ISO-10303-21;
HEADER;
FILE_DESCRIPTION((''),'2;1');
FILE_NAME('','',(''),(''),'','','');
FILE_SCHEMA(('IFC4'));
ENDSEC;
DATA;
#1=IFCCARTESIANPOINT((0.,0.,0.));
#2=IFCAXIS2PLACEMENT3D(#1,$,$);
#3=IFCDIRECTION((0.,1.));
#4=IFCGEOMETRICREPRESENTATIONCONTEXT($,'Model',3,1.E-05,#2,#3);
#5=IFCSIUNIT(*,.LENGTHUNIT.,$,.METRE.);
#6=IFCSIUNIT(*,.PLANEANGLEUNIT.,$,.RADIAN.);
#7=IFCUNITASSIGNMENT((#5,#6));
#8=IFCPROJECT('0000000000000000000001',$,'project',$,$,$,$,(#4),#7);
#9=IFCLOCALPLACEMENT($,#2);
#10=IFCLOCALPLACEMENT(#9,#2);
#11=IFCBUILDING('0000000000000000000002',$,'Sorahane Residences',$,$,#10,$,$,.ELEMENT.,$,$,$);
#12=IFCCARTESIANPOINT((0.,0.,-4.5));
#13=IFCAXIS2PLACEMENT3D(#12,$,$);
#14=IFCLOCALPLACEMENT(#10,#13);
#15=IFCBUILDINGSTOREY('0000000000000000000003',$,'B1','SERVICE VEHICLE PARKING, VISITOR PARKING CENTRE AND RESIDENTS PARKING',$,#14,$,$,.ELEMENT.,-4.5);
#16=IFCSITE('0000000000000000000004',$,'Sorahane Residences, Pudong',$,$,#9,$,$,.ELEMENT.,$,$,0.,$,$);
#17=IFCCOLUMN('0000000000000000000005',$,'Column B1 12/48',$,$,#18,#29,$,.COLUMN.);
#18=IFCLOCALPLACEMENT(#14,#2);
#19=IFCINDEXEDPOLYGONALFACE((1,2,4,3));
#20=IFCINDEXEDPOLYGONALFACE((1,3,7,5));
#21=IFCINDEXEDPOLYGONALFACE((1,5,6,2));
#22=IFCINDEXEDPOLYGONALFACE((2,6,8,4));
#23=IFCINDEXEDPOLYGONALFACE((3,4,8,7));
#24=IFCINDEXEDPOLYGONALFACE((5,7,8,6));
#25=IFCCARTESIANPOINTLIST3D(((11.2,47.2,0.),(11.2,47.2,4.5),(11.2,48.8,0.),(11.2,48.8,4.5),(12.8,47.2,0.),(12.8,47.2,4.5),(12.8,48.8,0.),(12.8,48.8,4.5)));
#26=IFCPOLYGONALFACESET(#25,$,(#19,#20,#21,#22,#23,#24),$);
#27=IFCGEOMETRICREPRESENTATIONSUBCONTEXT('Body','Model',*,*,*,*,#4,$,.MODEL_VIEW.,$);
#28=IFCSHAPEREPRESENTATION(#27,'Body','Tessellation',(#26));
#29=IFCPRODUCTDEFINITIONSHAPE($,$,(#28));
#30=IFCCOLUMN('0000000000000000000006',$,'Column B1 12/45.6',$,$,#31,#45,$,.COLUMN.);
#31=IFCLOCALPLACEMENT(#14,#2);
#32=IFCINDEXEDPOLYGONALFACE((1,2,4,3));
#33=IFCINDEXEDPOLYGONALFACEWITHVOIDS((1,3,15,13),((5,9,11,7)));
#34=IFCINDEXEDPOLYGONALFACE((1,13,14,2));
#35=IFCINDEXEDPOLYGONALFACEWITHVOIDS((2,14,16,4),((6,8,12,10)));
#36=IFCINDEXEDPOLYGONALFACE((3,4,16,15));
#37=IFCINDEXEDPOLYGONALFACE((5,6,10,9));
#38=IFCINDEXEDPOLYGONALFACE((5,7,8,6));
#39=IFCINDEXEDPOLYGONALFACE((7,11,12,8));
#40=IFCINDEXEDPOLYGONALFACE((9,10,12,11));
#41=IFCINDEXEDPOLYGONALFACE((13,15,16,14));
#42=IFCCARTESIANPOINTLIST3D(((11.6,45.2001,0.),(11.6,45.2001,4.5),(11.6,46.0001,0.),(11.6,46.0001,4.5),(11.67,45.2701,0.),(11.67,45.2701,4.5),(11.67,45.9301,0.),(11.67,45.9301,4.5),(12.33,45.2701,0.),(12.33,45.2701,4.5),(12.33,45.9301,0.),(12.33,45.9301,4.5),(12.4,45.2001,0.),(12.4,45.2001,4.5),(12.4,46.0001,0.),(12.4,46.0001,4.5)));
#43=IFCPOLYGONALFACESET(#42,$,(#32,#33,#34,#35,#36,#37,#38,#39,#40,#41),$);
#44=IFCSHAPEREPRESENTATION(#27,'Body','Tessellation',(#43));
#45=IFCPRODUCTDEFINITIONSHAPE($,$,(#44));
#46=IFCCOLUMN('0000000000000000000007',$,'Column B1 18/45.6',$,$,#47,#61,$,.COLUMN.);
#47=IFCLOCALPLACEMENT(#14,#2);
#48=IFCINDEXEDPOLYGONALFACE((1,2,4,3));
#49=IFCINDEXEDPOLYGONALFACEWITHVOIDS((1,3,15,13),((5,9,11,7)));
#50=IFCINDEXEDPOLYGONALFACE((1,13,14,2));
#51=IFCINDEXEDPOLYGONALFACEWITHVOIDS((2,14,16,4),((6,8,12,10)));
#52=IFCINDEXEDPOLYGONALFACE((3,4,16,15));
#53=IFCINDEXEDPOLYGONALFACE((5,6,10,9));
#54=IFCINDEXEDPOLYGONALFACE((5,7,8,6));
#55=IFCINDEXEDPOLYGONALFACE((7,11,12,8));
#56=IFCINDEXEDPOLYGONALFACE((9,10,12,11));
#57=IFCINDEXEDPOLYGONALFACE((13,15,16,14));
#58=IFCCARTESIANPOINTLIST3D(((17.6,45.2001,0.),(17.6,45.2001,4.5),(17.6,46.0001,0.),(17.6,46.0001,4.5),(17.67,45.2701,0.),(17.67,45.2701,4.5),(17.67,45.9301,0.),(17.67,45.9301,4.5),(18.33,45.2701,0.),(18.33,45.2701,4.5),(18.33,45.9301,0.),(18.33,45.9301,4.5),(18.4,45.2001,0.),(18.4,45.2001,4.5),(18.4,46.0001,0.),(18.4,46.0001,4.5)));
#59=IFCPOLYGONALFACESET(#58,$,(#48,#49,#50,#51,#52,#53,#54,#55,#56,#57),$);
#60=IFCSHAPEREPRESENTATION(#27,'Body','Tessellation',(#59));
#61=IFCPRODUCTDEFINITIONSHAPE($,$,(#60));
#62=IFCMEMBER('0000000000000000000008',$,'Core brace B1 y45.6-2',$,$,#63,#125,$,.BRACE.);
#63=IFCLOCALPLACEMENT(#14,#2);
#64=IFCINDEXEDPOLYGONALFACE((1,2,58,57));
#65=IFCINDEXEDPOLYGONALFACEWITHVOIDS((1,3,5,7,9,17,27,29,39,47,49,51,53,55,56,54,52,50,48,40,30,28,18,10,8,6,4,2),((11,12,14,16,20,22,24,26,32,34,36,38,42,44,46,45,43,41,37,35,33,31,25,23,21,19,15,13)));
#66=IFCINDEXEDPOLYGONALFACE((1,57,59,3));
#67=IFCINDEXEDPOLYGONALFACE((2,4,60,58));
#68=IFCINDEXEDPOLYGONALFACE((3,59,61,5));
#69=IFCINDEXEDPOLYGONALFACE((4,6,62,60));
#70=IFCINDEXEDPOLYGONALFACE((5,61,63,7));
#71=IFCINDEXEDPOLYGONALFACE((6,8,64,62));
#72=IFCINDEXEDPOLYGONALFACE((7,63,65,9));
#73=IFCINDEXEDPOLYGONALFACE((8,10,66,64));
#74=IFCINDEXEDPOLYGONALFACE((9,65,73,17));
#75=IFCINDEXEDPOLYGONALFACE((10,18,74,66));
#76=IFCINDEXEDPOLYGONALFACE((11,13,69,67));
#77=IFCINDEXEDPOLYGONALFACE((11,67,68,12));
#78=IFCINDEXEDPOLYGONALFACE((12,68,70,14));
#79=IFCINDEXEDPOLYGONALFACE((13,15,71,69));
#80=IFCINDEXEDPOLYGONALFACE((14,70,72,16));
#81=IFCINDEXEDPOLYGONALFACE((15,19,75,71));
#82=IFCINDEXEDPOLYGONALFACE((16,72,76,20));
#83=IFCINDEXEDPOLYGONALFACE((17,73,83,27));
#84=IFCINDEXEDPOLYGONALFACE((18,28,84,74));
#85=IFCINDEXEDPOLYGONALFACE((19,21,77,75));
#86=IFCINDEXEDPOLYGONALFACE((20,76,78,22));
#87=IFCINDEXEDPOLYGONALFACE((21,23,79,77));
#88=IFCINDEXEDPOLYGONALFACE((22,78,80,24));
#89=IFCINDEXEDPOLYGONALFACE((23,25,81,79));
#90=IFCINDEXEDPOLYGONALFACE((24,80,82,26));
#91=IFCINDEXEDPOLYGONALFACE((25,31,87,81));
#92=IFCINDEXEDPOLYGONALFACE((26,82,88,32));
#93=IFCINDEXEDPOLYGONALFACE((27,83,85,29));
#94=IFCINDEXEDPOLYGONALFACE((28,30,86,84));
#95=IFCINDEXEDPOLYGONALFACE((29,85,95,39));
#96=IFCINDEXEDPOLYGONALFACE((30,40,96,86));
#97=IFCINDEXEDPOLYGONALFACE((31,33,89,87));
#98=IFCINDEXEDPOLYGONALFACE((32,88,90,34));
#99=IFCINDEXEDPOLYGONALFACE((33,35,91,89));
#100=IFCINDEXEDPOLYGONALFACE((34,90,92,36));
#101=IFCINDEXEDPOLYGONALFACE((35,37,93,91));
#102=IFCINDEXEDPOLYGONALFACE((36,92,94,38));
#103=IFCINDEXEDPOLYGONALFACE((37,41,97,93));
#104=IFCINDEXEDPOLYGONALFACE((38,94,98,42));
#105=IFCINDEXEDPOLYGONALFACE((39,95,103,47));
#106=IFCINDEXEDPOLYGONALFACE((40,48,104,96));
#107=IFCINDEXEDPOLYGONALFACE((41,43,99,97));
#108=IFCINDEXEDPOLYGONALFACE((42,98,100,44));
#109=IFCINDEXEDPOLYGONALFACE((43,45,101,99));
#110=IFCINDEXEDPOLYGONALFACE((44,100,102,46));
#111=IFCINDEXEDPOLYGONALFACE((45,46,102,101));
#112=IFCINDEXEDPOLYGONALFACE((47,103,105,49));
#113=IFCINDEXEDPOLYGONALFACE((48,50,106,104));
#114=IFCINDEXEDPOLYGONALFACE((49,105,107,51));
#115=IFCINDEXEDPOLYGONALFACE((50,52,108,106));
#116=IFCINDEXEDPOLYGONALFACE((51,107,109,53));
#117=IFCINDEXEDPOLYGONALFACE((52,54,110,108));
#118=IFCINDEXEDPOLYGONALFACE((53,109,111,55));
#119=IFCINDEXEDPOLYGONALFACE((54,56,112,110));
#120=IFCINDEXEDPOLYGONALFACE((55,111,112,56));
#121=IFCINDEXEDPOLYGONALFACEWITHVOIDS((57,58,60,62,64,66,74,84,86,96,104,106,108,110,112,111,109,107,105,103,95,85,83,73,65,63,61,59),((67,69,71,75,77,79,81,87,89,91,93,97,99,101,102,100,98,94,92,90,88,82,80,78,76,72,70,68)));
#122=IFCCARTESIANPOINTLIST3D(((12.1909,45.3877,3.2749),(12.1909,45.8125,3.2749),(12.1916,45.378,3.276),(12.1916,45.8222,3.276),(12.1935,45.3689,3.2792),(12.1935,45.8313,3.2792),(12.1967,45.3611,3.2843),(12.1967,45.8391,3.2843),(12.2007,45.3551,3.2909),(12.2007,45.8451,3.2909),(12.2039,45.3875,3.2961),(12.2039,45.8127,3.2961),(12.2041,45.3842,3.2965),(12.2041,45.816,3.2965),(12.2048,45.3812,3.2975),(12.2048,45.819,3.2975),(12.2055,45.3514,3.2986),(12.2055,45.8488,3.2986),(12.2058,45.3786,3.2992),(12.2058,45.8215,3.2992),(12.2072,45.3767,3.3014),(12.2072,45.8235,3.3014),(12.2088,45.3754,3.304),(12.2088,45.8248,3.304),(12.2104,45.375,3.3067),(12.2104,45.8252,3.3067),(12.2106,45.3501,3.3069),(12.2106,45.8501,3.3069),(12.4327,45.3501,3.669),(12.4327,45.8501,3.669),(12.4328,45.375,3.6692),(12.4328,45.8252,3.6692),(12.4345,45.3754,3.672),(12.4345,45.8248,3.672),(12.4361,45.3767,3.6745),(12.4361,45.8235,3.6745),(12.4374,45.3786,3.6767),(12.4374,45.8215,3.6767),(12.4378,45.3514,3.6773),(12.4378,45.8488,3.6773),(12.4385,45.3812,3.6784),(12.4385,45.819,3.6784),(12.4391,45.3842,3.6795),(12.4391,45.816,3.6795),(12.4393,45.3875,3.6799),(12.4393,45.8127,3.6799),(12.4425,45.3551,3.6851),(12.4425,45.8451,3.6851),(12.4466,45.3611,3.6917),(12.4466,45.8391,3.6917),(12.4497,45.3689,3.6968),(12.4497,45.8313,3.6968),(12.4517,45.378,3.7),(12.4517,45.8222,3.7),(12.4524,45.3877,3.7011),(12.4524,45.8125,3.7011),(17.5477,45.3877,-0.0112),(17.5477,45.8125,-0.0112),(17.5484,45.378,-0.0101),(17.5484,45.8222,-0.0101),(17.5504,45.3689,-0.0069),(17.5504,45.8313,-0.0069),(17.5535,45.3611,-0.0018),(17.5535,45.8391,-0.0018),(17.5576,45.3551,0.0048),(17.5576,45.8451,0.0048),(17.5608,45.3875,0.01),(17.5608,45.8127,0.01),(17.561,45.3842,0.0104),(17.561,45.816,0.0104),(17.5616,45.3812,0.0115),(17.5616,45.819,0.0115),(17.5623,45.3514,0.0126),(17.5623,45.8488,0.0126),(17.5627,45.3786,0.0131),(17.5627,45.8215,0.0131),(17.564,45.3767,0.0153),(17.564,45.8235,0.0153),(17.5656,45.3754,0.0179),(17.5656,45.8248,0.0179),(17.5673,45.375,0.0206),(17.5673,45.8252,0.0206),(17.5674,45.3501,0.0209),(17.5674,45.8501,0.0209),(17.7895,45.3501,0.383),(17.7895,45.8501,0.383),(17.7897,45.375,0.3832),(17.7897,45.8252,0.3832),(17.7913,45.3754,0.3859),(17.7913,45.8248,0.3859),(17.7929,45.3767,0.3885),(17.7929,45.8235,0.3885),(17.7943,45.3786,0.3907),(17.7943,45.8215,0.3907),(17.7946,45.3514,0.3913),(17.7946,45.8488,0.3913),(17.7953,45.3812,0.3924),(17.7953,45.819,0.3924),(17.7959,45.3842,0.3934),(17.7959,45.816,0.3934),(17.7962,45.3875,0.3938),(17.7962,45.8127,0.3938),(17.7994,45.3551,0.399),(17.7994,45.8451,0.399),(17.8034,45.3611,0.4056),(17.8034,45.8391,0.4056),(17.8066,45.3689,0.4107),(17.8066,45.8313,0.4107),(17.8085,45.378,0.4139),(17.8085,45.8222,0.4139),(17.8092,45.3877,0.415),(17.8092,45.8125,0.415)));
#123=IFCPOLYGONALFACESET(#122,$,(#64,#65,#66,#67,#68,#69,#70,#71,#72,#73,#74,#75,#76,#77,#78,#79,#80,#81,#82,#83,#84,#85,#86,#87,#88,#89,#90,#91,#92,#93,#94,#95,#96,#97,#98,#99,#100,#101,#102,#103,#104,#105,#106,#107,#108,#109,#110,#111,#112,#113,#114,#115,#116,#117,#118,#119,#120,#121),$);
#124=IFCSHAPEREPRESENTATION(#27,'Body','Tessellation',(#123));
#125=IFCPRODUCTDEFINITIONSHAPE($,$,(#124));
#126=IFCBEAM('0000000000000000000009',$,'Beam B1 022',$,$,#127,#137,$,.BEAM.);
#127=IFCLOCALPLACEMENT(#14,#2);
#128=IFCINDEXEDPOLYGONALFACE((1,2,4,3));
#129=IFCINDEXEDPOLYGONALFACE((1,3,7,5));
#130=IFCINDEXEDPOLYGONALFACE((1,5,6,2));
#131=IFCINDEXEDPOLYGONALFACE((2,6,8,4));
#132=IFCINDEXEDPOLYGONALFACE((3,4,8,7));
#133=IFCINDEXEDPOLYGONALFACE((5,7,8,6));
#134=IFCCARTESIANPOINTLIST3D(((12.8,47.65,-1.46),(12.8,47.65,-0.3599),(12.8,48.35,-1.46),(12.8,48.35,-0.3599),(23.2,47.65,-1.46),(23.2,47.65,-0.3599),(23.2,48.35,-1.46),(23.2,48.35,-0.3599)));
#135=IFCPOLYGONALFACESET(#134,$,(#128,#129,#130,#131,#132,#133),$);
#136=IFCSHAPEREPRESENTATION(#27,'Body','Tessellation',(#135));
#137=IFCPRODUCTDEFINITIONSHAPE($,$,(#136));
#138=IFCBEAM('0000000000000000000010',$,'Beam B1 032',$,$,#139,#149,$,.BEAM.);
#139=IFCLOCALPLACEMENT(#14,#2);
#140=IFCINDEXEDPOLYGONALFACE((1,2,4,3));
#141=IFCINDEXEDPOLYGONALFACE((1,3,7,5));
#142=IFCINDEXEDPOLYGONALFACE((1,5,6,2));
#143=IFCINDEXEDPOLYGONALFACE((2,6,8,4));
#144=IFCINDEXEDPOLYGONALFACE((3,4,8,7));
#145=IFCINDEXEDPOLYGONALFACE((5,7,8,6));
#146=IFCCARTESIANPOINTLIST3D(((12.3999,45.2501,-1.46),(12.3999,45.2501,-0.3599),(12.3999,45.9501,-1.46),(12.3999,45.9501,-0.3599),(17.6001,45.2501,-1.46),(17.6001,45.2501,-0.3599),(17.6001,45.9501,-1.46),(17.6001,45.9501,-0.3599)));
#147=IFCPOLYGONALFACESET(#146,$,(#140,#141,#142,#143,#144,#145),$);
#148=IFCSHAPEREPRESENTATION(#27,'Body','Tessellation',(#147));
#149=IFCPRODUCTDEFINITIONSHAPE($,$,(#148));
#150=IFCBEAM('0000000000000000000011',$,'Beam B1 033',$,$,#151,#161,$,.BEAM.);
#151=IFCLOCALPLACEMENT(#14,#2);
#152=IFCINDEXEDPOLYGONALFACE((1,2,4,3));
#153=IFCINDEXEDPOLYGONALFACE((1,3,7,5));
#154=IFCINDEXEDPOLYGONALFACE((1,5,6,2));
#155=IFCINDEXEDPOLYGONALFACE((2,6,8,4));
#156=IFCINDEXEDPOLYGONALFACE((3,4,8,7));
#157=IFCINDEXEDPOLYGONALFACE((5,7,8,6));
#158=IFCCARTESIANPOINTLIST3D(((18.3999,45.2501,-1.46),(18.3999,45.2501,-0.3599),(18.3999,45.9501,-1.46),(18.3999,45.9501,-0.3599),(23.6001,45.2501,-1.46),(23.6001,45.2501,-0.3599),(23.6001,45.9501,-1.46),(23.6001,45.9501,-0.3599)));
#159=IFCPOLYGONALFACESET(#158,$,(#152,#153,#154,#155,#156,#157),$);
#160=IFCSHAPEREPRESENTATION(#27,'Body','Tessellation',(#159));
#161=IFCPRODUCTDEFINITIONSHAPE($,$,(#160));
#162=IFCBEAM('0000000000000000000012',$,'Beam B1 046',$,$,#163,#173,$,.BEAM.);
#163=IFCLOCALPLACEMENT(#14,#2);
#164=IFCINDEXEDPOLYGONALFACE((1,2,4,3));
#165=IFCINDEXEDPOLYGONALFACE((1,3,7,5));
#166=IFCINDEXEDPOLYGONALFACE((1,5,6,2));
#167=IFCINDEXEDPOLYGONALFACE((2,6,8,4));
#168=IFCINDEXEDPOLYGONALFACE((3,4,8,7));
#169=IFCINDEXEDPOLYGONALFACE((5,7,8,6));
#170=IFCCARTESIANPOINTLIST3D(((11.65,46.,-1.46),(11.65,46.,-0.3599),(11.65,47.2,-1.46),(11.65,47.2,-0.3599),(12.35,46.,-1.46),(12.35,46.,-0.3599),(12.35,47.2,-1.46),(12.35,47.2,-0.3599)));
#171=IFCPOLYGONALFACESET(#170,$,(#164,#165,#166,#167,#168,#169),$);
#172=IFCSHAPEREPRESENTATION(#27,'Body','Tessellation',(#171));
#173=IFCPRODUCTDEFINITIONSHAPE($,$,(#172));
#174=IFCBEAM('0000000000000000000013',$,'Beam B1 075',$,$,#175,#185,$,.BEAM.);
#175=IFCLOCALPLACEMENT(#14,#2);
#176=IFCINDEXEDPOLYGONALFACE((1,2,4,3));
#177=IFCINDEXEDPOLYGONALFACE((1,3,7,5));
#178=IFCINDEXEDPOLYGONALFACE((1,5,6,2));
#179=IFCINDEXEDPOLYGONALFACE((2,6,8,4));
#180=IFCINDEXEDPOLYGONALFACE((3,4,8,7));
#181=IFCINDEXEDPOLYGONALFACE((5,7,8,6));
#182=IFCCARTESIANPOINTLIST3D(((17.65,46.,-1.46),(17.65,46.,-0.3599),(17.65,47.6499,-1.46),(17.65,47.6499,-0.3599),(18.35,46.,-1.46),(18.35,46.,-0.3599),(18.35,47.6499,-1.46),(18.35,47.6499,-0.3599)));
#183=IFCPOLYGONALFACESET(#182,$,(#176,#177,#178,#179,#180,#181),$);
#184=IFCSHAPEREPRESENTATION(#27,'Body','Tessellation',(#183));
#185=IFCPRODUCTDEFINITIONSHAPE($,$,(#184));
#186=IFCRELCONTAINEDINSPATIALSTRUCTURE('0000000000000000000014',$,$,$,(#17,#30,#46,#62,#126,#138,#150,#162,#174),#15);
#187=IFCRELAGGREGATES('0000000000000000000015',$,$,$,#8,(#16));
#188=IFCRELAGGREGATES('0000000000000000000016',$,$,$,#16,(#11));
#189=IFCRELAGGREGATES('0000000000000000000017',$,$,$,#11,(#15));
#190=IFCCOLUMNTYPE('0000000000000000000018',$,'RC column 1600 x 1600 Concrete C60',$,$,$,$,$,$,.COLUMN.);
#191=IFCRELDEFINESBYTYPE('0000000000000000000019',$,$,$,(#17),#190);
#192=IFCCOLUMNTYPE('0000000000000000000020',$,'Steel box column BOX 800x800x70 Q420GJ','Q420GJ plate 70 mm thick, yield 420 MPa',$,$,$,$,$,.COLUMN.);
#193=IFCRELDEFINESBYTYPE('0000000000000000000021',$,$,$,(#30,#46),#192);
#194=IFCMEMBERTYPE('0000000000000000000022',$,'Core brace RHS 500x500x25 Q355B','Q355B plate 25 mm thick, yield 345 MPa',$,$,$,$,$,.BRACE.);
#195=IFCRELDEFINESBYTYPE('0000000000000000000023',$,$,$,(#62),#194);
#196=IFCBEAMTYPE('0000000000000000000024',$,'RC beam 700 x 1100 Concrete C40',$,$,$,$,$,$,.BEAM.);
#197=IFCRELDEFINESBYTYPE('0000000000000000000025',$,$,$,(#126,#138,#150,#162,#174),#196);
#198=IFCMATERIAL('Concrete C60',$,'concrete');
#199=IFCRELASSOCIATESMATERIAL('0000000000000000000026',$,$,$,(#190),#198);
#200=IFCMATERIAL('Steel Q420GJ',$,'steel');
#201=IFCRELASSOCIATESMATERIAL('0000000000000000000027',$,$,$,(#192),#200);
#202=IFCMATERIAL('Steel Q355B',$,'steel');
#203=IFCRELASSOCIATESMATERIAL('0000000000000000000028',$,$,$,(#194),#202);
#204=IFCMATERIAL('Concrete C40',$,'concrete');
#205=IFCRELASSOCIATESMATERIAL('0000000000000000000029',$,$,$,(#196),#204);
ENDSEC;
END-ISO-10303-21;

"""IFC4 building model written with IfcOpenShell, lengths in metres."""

from ifc_helpers import new_model, si_unit, direction, frame, origin, origin_2d, place, context, subcontext, project, spatial, rectangle, hollow_rectangle, extrude, material, material_profile, profile_set, type_object, element, save


model = new_model("IFC4")

# Units and contexts
model_context = context("Model", 3, precision=1e-05, world=origin(), true_north=direction((0.0, 1.0)))
body_context = subcontext(model_context, "Body", "Model", "MODEL_VIEW")
ifc_project = project(units=[si_unit("LENGTHUNIT", "METRE"), si_unit("PLANEANGLEUNIT", "RADIAN")], contexts=[model_context])

# Site, building, storey
site_placement = place(None, origin())
site = spatial("IfcSite", under=ifc_project, at=site_placement, Name="Sorahane Residences, Pudong", CompositionType="ELEMENT", RefElevation=0.0)
building_placement = place(site_placement, origin())
building = spatial("IfcBuilding", under=site, at=building_placement, Name="Sorahane Residences", CompositionType="ELEMENT")
storey_placement = place(building_placement, frame((0.0, 0.0, -4.5)))
storey = spatial("IfcBuildingStorey", under=building, at=storey_placement, Name="B1", Description="SERVICE VEHICLE PARKING, VISITOR PARKING CENTRE AND RESIDENTS PARKING", CompositionType="ELEMENT", Elevation=-4.5)

# Columns
ifc_material_1 = material(Name="Concrete C60", Category="concrete")
ifc_material_profile_1 = material_profile(ifc_material_1, rectangle(XDim=1.6001, YDim=1.6001, at=origin_2d()), Name="1600x1600")
ifc_profile_set_1 = profile_set([ifc_material_profile_1], Name="Concrete C60")
column_type_1 = type_object("IfcColumnType", Name="RC column 1600 x 1600 Concrete C60", PredefinedType="COLUMN", material=ifc_profile_set_1)
column_placement = place(storey_placement, frame((12.0, 48.0, 0.0), z_axis=(0.0, 0.0, 1.0), x_axis=(1.0, 0.0, 0.0)))
element("IfcColumn", 1, at=column_placement, inside=storey, type_object=column_type_1, Name="Column B1 12/48", PredefinedType="COLUMN", context=body_context, shape_type="SweptSolid", body=[
    extrude(rectangle(XDim=1.6001, YDim=1.6001, at=origin_2d()), origin(), (0.0, 0.0, 1.0), 4.5),
])
ifc_material_2 = material(Name="Steel Q420GJ", Category="steel")
ifc_material_profile_2 = material_profile(ifc_material_2, hollow_rectangle(XDim=0.8, YDim=0.8, WallThickness=0.0701, at=origin_2d()), Name="BOX 800x800x70")
ifc_profile_set_2 = profile_set([ifc_material_profile_2], Name="Steel Q420GJ")
column_type_2 = type_object("IfcColumnType", Name="Steel box column BOX 800x800x70 Q420GJ", Description="Q420GJ plate 70 mm thick, yield 420 MPa", PredefinedType="COLUMN", material=ifc_profile_set_2)
for number, where, z_axis, x_axis, name in (
    (2, (12.0, 45.6001, 0.0), (0.0, 0.0, 1.0), (1.0, 0.0, 0.0), "Column B1 12/45.6"),
    (3, (18.0, 45.6001, 0.0), (0.0, 0.0, 1.0), (1.0, 0.0, 0.0), "Column B1 18/45.6"),
):
    element("IfcColumn", number, at=place(storey_placement, frame(where, z_axis=z_axis, x_axis=x_axis)), inside=storey, type_object=column_type_2, Name=name, PredefinedType="COLUMN", context=body_context, shape_type="SweptSolid", body=[
        extrude(hollow_rectangle(XDim=0.8, YDim=0.8, WallThickness=0.0701, at=origin_2d()), origin(), (0.0, 0.0, 1.0), 4.5),
    ])

# Member
ifc_material_3 = material(Name="Steel Q355B", Category="steel")
ifc_material_profile_3 = material_profile(ifc_material_3, hollow_rectangle(XDim=0.5, YDim=0.5, WallThickness=0.0249, InnerFilletRadius=0.0125, OuterFilletRadius=0.0376, at=origin_2d()), Name="RHS 500x500x25")
ifc_profile_set_3 = profile_set([ifc_material_profile_3], Name="Steel Q355B")
member_type = type_object("IfcMemberType", Name="Core brace RHS 500x500x25 Q355B", Description="Q355B plate 25 mm thick, yield 345 MPa", PredefinedType="BRACE", material=ifc_profile_set_3)
member_placement = place(storey_placement, frame((17.6785, 45.6001, 0.2019), z_axis=(-0.852399, 0.0, 0.522892), x_axis=(0.0, -1.0, 0.0)))
element("IfcMember", 4, at=member_placement, inside=storey, type_object=member_type, Name="Core brace B1 y45.6-2", PredefinedType="BRACE", context=body_context, shape_type="SweptSolid", body=[
    extrude(hollow_rectangle(XDim=0.5, YDim=0.5, WallThickness=0.0249, InnerFilletRadius=0.0125, OuterFilletRadius=0.0376, at=origin_2d()), origin(), (0.0, 0.0, 1.0), 6.2844),
])

# Beams
ifc_material_4 = material(Name="Concrete C40", Category="concrete")
ifc_material_profile_4 = material_profile(ifc_material_4, rectangle(XDim=0.7, YDim=1.1001, at=origin_2d()), Name="700x1100")
ifc_profile_set_4 = profile_set([ifc_material_profile_4], Name="Concrete C40")
beam_type = type_object("IfcBeamType", Name="RC beam 700 x 1100 Concrete C40", PredefinedType="BEAM", material=ifc_profile_set_4)
beam_1_placement = place(storey_placement, frame((12.8, 48.0, -0.9099), z_axis=(1.0, 0.0, 0.0), x_axis=(0.0, 1.0, 0.0)))
element("IfcBeam", 5, at=beam_1_placement, inside=storey, type_object=beam_type, Name="Beam B1 022", PredefinedType="BEAM", context=body_context, shape_type="SweptSolid", body=[
    extrude(rectangle(XDim=0.7, YDim=1.1001, at=origin_2d()), origin(), (0.0, 0.0, 1.0), 10.3999),
])
for number, where, z_axis, x_axis, name in (
    (6, (12.3999, 45.6001, -0.9099), (1.0, 0.0, 0.0), (0.0, 1.0, 0.0), "Beam B1 032"),
    (7, (18.3999, 45.6001, -0.9099), (1.0, 0.0, 0.0), (0.0, 1.0, 0.0), "Beam B1 033"),
):
    element("IfcBeam", number, at=place(storey_placement, frame(where, z_axis=z_axis, x_axis=x_axis)), inside=storey, type_object=beam_type, Name=name, PredefinedType="BEAM", context=body_context, shape_type="SweptSolid", body=[
        extrude(rectangle(XDim=0.7, YDim=1.1001, at=origin_2d()), origin(), (0.0, 0.0, 1.0), 5.2002),
    ])
beam_2_placement = place(storey_placement, frame((12.0, 46.0, -0.9099), z_axis=(0.0, 1.0, 0.0), x_axis=(-1.0, 0.0, 0.0)))
element("IfcBeam", 8, at=beam_2_placement, inside=storey, type_object=beam_type, Name="Beam B1 046", PredefinedType="BEAM", context=body_context, shape_type="SweptSolid", body=[
    extrude(rectangle(XDim=0.7, YDim=1.1001, at=origin_2d()), origin(), (0.0, 0.0, 1.0), 1.2),
])
beam_3_placement = place(storey_placement, frame((18.0, 46.0, -0.9099), z_axis=(0.0, 1.0, 0.0), x_axis=(-1.0, 0.0, 0.0)))
element("IfcBeam", 9, at=beam_3_placement, inside=storey, type_object=beam_type, Name="Beam B1 075", PredefinedType="BEAM", context=body_context, shape_type="SweptSolid", body=[
    extrude(rectangle(XDim=0.7, YDim=1.1001, at=origin_2d()), origin(), (0.0, 0.0, 1.0), 1.6499),
])

save(model, "model.ifc")
